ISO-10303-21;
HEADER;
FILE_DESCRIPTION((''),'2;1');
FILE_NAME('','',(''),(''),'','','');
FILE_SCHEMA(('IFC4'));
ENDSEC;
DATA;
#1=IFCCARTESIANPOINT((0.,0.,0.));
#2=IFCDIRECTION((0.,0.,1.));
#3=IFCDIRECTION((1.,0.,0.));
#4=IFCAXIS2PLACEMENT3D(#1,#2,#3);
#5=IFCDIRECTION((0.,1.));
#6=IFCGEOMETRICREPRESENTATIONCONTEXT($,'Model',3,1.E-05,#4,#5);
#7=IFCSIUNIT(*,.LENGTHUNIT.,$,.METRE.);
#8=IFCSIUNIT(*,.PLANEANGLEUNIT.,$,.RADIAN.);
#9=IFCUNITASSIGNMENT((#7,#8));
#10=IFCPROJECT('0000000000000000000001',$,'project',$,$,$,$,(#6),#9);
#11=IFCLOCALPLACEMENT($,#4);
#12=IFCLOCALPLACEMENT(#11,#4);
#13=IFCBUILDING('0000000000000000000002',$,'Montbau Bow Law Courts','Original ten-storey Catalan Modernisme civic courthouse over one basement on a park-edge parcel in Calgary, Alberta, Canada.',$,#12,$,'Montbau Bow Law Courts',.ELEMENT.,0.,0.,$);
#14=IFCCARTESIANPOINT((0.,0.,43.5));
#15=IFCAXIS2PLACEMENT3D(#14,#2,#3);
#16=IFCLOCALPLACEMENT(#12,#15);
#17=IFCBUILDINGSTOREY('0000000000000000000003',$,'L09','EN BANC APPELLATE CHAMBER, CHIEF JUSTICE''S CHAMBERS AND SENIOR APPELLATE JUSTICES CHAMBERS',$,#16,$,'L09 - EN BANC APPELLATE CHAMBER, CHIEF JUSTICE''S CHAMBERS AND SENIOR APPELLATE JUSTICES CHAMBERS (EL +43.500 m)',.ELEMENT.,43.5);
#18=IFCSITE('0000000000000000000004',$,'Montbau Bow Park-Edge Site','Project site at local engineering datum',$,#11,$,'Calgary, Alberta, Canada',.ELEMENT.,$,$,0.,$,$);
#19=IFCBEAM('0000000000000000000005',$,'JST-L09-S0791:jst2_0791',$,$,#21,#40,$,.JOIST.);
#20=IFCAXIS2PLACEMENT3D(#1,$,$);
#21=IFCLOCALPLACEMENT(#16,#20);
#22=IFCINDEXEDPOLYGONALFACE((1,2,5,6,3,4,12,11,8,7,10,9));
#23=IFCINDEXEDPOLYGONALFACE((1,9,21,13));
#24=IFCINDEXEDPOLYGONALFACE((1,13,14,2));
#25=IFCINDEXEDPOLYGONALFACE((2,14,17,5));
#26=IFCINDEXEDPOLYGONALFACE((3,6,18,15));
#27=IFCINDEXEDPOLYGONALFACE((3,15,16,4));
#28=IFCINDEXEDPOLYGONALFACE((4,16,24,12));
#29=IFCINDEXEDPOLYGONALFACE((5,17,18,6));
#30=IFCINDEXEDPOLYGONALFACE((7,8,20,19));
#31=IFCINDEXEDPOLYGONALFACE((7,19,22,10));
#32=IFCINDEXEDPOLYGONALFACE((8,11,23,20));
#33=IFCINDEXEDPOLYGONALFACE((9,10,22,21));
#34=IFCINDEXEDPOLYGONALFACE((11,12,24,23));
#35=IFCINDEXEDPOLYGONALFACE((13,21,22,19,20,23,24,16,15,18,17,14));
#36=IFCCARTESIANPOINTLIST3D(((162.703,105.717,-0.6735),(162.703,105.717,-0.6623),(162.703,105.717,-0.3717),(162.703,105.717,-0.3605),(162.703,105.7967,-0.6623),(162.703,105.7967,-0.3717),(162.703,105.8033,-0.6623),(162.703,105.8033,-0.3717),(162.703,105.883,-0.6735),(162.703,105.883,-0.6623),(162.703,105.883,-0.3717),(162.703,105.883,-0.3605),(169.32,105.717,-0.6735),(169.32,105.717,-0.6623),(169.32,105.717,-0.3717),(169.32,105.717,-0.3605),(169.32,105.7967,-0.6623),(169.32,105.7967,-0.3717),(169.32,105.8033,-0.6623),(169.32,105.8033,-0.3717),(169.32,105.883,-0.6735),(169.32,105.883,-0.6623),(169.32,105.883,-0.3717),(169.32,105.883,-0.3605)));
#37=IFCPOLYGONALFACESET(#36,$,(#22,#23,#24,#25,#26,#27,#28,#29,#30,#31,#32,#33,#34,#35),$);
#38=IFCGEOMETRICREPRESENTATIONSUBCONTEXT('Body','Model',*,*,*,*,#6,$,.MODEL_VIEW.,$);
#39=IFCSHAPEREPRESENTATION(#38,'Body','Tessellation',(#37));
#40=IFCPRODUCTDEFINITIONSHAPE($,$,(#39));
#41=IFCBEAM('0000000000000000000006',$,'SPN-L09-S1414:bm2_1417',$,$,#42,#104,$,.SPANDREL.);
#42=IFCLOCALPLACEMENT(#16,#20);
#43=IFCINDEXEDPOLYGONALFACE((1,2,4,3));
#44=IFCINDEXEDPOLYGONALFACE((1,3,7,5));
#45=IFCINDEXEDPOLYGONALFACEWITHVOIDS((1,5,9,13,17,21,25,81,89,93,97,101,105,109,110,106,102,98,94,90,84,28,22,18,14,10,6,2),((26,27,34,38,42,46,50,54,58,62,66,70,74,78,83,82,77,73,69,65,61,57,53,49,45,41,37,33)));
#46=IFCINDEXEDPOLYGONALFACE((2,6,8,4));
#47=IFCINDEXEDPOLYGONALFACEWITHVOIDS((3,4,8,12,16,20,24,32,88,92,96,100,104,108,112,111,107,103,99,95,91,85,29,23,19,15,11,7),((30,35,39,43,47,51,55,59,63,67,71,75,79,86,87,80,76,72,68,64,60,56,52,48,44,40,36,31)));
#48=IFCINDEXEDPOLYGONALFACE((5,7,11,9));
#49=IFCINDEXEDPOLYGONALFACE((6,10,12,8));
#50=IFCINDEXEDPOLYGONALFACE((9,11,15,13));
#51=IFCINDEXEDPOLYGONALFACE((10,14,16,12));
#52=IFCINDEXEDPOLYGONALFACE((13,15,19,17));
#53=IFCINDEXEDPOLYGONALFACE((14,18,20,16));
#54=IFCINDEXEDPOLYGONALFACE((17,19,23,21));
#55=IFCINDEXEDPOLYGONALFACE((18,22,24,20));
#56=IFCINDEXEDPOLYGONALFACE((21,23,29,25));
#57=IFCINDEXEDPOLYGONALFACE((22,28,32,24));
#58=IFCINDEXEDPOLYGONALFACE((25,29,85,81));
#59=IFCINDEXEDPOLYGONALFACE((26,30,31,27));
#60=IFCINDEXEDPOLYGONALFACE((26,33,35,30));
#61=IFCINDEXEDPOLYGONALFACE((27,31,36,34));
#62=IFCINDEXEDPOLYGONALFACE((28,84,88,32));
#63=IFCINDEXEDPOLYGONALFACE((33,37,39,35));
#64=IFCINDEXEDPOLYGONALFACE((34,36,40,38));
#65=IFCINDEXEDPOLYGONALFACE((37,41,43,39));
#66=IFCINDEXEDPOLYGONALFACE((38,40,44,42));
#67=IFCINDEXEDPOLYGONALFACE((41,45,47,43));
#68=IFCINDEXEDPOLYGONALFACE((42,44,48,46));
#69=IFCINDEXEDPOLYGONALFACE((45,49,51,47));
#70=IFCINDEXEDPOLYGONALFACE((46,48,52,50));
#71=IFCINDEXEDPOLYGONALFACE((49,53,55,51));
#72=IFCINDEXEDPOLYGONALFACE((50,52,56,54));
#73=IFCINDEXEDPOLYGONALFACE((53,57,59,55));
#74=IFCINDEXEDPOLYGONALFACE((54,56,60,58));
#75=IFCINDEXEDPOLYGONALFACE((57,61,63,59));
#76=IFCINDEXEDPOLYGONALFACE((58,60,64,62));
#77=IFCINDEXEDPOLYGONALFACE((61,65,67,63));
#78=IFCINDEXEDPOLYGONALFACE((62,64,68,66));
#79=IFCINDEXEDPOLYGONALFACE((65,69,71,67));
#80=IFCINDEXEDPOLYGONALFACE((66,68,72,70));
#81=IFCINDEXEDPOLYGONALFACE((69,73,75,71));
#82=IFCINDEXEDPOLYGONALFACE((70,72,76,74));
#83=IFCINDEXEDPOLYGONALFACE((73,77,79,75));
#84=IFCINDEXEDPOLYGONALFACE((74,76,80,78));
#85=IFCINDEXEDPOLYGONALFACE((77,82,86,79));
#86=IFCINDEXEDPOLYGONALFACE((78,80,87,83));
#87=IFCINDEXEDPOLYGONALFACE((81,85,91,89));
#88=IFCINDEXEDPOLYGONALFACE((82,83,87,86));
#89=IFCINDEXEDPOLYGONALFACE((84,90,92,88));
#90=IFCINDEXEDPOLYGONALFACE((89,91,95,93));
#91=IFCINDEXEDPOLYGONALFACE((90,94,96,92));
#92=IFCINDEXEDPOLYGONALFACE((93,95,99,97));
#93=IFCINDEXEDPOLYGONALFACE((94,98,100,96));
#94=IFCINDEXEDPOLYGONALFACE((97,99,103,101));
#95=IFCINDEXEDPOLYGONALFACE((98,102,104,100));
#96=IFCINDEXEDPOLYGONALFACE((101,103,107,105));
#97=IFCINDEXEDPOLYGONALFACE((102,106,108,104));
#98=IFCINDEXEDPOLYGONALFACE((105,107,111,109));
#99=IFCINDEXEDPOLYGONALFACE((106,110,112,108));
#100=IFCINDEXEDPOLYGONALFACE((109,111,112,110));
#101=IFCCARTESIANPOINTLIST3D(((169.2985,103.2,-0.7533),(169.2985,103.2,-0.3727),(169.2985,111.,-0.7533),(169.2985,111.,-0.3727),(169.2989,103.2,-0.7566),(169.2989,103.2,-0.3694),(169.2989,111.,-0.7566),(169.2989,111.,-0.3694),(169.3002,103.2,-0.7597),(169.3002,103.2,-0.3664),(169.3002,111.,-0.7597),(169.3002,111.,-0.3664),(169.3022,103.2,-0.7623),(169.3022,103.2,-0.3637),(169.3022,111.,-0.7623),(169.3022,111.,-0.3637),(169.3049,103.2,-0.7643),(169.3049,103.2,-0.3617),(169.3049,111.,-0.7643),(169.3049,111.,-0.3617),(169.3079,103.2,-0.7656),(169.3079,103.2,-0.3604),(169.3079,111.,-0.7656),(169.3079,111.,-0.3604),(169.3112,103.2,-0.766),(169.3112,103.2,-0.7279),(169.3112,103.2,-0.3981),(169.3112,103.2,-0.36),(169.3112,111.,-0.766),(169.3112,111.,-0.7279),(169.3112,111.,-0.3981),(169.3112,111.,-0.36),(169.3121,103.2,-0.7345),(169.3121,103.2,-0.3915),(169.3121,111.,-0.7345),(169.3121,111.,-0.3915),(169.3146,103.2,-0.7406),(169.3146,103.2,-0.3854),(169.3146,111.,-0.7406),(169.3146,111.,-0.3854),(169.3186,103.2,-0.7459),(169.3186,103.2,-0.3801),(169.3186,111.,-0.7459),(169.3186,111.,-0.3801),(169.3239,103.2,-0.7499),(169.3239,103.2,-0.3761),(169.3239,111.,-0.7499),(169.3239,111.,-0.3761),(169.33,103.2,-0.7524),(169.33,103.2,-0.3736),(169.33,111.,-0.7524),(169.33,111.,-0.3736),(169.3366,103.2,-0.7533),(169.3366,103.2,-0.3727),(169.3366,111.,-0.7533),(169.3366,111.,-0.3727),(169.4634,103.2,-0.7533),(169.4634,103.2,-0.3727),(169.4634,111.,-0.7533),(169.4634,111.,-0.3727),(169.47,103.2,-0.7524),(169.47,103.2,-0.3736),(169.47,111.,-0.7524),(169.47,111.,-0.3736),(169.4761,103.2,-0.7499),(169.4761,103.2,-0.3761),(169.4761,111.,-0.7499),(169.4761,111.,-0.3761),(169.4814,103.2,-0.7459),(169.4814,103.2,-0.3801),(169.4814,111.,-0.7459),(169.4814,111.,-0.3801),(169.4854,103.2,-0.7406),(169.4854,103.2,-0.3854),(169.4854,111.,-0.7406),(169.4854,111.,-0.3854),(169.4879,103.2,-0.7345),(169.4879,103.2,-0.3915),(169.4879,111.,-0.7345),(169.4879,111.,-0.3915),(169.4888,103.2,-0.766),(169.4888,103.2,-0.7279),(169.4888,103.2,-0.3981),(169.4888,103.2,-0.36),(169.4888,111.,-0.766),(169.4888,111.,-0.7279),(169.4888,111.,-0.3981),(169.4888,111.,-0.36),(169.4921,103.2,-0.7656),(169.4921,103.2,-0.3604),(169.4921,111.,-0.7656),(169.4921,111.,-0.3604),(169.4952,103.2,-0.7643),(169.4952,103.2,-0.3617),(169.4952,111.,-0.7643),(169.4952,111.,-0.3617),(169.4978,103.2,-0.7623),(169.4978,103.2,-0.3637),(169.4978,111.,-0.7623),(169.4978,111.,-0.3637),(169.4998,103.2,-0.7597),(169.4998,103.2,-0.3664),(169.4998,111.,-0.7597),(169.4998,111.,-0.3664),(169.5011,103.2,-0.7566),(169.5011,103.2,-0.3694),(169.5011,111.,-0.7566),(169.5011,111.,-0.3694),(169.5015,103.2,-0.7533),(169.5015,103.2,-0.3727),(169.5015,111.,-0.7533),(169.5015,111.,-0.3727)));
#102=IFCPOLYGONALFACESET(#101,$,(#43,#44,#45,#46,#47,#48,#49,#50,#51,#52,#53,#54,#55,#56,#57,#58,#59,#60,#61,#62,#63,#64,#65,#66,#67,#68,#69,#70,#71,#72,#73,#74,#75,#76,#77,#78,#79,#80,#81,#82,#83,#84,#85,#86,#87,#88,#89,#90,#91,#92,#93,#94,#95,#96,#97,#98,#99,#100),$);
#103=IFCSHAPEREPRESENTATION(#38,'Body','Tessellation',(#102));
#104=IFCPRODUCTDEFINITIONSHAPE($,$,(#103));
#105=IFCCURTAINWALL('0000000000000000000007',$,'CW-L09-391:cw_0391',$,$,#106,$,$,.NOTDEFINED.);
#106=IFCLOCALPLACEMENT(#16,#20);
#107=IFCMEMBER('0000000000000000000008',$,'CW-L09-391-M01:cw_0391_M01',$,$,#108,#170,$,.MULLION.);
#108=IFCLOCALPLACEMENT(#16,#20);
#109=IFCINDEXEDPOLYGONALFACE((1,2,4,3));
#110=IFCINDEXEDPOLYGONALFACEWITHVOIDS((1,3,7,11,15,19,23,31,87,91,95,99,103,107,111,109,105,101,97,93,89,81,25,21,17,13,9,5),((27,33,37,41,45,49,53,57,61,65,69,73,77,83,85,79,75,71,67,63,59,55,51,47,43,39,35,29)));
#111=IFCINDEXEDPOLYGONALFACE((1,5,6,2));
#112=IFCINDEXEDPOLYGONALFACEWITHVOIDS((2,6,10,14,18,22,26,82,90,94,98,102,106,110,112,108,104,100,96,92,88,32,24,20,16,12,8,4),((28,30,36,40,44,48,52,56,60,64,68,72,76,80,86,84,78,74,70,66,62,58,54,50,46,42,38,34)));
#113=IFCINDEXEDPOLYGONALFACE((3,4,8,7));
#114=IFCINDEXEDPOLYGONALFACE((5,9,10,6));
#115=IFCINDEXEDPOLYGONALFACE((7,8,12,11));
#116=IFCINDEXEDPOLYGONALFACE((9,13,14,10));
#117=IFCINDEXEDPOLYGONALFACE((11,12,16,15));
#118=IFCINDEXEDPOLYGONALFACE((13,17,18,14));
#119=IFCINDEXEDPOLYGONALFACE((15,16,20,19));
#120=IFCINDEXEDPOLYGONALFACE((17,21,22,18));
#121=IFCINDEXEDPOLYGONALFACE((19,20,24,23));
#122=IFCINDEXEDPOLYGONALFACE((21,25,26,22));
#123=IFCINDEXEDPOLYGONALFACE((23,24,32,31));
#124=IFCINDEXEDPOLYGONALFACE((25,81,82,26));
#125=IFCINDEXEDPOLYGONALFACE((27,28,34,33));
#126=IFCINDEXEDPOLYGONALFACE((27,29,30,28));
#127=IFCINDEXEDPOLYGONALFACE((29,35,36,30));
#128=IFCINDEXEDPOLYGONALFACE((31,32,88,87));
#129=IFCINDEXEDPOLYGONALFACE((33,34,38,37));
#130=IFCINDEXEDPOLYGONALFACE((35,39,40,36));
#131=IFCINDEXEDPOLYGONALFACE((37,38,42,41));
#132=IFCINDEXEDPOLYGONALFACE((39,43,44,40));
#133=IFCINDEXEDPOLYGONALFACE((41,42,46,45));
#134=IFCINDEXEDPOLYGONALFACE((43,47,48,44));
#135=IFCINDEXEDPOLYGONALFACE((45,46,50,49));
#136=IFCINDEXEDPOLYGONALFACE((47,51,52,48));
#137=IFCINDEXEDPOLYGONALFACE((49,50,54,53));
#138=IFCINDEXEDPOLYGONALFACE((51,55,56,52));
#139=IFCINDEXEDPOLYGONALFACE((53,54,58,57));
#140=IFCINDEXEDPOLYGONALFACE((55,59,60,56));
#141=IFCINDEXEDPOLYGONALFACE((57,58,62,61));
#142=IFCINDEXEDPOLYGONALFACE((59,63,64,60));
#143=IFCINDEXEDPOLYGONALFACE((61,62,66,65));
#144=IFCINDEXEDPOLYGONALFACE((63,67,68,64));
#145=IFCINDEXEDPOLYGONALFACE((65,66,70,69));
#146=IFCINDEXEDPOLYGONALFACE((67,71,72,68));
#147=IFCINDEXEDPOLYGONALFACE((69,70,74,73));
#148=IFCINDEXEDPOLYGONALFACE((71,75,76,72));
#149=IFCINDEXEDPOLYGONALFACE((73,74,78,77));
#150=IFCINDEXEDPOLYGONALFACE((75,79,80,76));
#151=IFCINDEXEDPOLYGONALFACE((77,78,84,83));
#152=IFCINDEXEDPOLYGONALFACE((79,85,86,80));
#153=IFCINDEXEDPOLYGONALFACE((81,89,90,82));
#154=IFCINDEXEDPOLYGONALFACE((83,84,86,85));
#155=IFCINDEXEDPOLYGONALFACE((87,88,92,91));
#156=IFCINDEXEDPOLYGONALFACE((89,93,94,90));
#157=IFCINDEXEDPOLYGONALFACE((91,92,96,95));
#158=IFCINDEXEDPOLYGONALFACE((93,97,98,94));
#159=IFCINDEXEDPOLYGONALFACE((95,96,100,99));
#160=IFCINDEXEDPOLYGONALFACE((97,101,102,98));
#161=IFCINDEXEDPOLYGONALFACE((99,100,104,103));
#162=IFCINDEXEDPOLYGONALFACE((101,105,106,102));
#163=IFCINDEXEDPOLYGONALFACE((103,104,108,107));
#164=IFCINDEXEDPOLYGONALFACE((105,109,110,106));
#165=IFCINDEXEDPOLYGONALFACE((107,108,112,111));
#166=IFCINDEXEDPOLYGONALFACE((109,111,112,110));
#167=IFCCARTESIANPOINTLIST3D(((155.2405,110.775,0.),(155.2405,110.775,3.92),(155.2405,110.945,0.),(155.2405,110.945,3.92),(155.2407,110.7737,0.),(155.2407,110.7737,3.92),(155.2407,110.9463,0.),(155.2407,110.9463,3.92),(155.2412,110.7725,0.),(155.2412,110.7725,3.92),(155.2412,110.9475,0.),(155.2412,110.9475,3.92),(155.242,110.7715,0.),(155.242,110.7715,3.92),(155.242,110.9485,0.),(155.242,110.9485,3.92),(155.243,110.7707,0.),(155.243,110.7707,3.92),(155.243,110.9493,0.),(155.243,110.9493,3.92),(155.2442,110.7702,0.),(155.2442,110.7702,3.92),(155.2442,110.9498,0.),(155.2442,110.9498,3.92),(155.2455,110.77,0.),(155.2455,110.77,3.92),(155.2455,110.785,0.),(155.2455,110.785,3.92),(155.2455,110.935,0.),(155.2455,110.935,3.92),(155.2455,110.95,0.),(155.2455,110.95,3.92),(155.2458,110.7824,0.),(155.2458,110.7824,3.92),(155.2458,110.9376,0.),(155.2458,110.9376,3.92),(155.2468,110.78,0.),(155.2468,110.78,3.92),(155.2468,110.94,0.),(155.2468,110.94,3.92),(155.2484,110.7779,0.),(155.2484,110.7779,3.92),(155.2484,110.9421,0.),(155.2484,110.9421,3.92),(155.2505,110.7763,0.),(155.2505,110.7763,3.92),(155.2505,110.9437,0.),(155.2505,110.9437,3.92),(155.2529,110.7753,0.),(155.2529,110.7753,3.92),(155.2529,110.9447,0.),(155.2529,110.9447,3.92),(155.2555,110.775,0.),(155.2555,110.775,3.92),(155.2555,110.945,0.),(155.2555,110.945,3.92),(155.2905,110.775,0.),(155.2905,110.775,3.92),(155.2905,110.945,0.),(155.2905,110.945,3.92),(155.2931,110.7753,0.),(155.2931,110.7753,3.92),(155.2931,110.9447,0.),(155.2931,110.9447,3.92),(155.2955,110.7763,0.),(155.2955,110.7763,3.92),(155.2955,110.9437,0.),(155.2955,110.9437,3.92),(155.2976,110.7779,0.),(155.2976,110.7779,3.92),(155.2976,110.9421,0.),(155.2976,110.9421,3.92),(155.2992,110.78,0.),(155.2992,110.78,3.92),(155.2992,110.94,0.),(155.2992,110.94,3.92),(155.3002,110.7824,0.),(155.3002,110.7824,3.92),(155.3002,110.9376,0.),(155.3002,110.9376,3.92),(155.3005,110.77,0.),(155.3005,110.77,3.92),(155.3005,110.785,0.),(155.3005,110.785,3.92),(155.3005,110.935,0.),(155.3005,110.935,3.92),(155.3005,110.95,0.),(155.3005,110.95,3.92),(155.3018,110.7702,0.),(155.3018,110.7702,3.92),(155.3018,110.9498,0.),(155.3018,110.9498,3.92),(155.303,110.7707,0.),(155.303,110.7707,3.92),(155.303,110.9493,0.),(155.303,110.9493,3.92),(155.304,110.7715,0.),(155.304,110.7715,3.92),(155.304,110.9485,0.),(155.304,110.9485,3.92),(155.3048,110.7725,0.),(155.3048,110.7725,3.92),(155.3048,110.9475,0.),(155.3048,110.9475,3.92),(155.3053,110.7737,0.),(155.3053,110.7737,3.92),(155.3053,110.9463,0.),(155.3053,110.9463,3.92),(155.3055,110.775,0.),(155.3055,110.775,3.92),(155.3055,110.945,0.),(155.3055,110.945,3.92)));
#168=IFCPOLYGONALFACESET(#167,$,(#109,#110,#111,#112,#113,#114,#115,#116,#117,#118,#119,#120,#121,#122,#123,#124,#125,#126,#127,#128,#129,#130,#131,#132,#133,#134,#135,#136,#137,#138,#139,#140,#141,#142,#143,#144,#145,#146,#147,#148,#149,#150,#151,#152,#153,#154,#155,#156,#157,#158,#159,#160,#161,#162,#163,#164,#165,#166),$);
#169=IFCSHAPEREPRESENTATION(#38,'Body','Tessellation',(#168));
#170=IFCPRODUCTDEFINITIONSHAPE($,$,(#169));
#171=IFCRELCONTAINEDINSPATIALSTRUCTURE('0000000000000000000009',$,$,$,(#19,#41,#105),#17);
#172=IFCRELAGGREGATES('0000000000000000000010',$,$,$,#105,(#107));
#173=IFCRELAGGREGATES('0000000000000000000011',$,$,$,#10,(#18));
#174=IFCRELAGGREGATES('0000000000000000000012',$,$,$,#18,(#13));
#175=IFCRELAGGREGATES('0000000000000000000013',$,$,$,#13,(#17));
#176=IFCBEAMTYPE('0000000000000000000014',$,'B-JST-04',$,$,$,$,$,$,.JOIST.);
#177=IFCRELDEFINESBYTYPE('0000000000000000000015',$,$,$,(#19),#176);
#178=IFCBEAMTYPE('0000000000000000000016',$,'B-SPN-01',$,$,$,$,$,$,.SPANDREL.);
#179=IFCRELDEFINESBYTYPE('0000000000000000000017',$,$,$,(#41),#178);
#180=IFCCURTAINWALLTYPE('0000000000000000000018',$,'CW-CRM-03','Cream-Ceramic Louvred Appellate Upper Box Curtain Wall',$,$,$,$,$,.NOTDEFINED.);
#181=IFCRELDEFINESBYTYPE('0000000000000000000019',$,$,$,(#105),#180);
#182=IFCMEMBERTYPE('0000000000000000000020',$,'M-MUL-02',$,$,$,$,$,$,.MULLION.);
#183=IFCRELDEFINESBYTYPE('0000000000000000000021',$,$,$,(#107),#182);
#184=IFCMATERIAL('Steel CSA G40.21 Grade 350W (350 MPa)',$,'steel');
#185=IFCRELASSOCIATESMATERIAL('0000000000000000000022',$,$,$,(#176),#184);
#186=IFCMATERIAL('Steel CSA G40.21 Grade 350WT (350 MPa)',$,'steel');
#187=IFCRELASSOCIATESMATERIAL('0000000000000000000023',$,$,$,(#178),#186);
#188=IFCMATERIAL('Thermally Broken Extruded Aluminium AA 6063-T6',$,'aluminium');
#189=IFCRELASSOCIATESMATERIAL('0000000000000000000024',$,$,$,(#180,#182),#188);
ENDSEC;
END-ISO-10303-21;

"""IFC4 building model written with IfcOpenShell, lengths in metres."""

from ifc_helpers import new_model, si_unit, direction, frame, origin_with_axes, origin_2d_with_axis, place, context, subcontext, project, spatial, hollow_rectangle, i_section, extrude, material, material_profile, profile_set, type_object, element, aggregate, save


model = new_model("IFC4")

# Units and contexts
model_context = context("Model", 3, precision=1e-05, world=origin_with_axes(), true_north=direction((0.0, 1.0)))
body_context = subcontext(model_context, "Body", "Model", "MODEL_VIEW")
ifc_project = project(units=[si_unit("LENGTHUNIT", "METRE"), si_unit("PLANEANGLEUNIT", "RADIAN")], contexts=[model_context])

# Site, building, storey
site_placement = place(None, origin_with_axes())
site = spatial("IfcSite", under=ifc_project, at=site_placement, Name="Montbau Bow Park-Edge Site", Description="Project site at local engineering datum", LongName="Calgary, Alberta, Canada", CompositionType="ELEMENT", RefElevation=0.0)
building_placement = place(site_placement, origin_with_axes())
building = spatial("IfcBuilding", under=site, at=building_placement, Name="Montbau Bow Law Courts", Description="Original ten-storey Catalan Modernisme civic courthouse over one basement on a park-edge parcel in Calgary, Alberta, Canada.", LongName="Montbau Bow Law Courts", CompositionType="ELEMENT", ElevationOfRefHeight=0.0, ElevationOfTerrain=0.0)
storey_placement = place(building_placement, frame((0.0, 0.0, 43.5), z_axis=(0.0, 0.0, 1.0), x_axis=(1.0, 0.0, 0.0)))
storey = spatial("IfcBuildingStorey", under=building, at=storey_placement, Name="L09", Description="EN BANC APPELLATE CHAMBER, CHIEF JUSTICE'S CHAMBERS AND SENIOR APPELLATE JUSTICES CHAMBERS", LongName="L09 - EN BANC APPELLATE CHAMBER, CHIEF JUSTICE'S CHAMBERS AND SENIOR APPELLATE JUSTICES CHAMBERS (EL +43.500 m)", CompositionType="ELEMENT", Elevation=43.5)

# Beams
ifc_material_1 = material(Name="Steel CSA G40.21 Grade 350W (350 MPa)", Category="steel")
ifc_material_profile_1 = material_profile(ifc_material_1, i_section(OverallWidth=0.166, OverallDepth=0.313, WebThickness=0.0066, FlangeThickness=0.0112, at=origin_2d_with_axis()), Name="W310X45", Category="Main", Priority=0)
ifc_profile_set_1 = profile_set([ifc_material_profile_1], Name="Steel CSA G40.21 Grade 350W (350 MPa)")
beam_type_1 = type_object("IfcBeamType", Name="B-JST-04", PredefinedType="JOIST", material=ifc_profile_set_1)
beam_1_placement = place(None, frame((162.703, 105.8, 42.983), z_axis=(1.0, 0.0, 0.0), x_axis=(0.0, 1.0, 0.0)))
element("IfcBeam", 1, at=beam_1_placement, inside=storey, type_object=beam_type_1, Name="JST-L09-S0791:jst2_0791", PredefinedType="JOIST", context=body_context, shape_type="SweptSolid", body=[
    extrude(i_section(OverallWidth=0.166, OverallDepth=0.313, WebThickness=0.0066, FlangeThickness=0.0112, at=origin_2d_with_axis()), origin_with_axes(), (0.0, 0.0, 1.0), 6.617),
])
ifc_material_2 = material(Name="Steel CSA G40.21 Grade 350WT (350 MPa)", Category="steel")
ifc_material_profile_2 = material_profile(ifc_material_2, hollow_rectangle(XDim=0.203, YDim=0.406, WallThickness=0.0127, InnerFilletRadius=0.0254, OuterFilletRadius=0.0127, at=origin_2d_with_axis()), Name="HSS406X203X13", Category="Main", Priority=0)
ifc_profile_set_2 = profile_set([ifc_material_profile_2], Name="Steel CSA G40.21 Grade 350WT (350 MPa)")
beam_type_2 = type_object("IfcBeamType", Name="B-SPN-01", PredefinedType="SPANDREL", material=ifc_profile_set_2)
beam_2_placement = place(None, frame((169.4, 103.2, 42.937), z_axis=(0.0, 1.0, 0.0), x_axis=(-1.0, 0.0, 0.0)))
element("IfcBeam", 2, at=beam_2_placement, inside=storey, type_object=beam_type_2, Name="SPN-L09-S1414:bm2_1417", PredefinedType="SPANDREL", context=body_context, shape_type="SweptSolid", body=[
    extrude(hollow_rectangle(XDim=0.203, YDim=0.406, WallThickness=0.0127, InnerFilletRadius=0.0254, OuterFilletRadius=0.0127, at=origin_2d_with_axis()), origin_with_axes(), (0.0, 0.0, 1.0), 7.8),
])

# Curtain wall, member
ifc_material_3 = material(Name="Thermally Broken Extruded Aluminium AA 6063-T6", Category="aluminium")
curtain_wall_type = type_object("IfcCurtainWallType", Name="CW-CRM-03", Description="Cream-Ceramic Louvred Appellate Upper Box Curtain Wall", PredefinedType="NOTDEFINED", material=ifc_material_3)
curtain_wall_placement = place(None, frame((155.24, 110.86, 43.5), z_axis=(0.0, 0.0, 1.0), x_axis=(1.0, 0.0, 0.0)))
curtain_wall = element("IfcCurtainWall", 3, at=curtain_wall_placement, inside=storey, type_object=curtain_wall_type, Name="CW-L09-391:cw_0391", PredefinedType="NOTDEFINED")
ifc_material_profile_3 = material_profile(ifc_material_3, hollow_rectangle(XDim=0.065, YDim=0.18, WallThickness=0.005, InnerFilletRadius=0.01, OuterFilletRadius=0.005, at=origin_2d_with_axis()), Name="CWM-180X65", Category="Main", Priority=0)
ifc_profile_set_3 = profile_set([ifc_material_profile_3], Name="Thermally Broken Extruded Aluminium AA 6063-T6")
member_type_1 = type_object("IfcMemberType", Name="M-MUL-02", PredefinedType="MULLION", material=ifc_profile_set_3)
member_1_placement = place(None, frame((155.273, 110.86, 43.5), z_axis=(0.0, 0.0, 1.0), x_axis=(1.0, 0.0, 0.0)))
member_1 = element("IfcMember", 4, at=member_1_placement, type_object=member_type_1, Name="CW-L09-391-M01:cw_0391_M01", PredefinedType="MULLION", context=body_context, shape_type="SweptSolid", body=[
    extrude(hollow_rectangle(XDim=0.065, YDim=0.18, WallThickness=0.005, InnerFilletRadius=0.01, OuterFilletRadius=0.005, at=origin_2d_with_axis()), origin_with_axes(), (0.0, 0.0, 1.0), 3.92),
])
aggregate(curtain_wall, [member_1])

save(model, "model.ifc")
